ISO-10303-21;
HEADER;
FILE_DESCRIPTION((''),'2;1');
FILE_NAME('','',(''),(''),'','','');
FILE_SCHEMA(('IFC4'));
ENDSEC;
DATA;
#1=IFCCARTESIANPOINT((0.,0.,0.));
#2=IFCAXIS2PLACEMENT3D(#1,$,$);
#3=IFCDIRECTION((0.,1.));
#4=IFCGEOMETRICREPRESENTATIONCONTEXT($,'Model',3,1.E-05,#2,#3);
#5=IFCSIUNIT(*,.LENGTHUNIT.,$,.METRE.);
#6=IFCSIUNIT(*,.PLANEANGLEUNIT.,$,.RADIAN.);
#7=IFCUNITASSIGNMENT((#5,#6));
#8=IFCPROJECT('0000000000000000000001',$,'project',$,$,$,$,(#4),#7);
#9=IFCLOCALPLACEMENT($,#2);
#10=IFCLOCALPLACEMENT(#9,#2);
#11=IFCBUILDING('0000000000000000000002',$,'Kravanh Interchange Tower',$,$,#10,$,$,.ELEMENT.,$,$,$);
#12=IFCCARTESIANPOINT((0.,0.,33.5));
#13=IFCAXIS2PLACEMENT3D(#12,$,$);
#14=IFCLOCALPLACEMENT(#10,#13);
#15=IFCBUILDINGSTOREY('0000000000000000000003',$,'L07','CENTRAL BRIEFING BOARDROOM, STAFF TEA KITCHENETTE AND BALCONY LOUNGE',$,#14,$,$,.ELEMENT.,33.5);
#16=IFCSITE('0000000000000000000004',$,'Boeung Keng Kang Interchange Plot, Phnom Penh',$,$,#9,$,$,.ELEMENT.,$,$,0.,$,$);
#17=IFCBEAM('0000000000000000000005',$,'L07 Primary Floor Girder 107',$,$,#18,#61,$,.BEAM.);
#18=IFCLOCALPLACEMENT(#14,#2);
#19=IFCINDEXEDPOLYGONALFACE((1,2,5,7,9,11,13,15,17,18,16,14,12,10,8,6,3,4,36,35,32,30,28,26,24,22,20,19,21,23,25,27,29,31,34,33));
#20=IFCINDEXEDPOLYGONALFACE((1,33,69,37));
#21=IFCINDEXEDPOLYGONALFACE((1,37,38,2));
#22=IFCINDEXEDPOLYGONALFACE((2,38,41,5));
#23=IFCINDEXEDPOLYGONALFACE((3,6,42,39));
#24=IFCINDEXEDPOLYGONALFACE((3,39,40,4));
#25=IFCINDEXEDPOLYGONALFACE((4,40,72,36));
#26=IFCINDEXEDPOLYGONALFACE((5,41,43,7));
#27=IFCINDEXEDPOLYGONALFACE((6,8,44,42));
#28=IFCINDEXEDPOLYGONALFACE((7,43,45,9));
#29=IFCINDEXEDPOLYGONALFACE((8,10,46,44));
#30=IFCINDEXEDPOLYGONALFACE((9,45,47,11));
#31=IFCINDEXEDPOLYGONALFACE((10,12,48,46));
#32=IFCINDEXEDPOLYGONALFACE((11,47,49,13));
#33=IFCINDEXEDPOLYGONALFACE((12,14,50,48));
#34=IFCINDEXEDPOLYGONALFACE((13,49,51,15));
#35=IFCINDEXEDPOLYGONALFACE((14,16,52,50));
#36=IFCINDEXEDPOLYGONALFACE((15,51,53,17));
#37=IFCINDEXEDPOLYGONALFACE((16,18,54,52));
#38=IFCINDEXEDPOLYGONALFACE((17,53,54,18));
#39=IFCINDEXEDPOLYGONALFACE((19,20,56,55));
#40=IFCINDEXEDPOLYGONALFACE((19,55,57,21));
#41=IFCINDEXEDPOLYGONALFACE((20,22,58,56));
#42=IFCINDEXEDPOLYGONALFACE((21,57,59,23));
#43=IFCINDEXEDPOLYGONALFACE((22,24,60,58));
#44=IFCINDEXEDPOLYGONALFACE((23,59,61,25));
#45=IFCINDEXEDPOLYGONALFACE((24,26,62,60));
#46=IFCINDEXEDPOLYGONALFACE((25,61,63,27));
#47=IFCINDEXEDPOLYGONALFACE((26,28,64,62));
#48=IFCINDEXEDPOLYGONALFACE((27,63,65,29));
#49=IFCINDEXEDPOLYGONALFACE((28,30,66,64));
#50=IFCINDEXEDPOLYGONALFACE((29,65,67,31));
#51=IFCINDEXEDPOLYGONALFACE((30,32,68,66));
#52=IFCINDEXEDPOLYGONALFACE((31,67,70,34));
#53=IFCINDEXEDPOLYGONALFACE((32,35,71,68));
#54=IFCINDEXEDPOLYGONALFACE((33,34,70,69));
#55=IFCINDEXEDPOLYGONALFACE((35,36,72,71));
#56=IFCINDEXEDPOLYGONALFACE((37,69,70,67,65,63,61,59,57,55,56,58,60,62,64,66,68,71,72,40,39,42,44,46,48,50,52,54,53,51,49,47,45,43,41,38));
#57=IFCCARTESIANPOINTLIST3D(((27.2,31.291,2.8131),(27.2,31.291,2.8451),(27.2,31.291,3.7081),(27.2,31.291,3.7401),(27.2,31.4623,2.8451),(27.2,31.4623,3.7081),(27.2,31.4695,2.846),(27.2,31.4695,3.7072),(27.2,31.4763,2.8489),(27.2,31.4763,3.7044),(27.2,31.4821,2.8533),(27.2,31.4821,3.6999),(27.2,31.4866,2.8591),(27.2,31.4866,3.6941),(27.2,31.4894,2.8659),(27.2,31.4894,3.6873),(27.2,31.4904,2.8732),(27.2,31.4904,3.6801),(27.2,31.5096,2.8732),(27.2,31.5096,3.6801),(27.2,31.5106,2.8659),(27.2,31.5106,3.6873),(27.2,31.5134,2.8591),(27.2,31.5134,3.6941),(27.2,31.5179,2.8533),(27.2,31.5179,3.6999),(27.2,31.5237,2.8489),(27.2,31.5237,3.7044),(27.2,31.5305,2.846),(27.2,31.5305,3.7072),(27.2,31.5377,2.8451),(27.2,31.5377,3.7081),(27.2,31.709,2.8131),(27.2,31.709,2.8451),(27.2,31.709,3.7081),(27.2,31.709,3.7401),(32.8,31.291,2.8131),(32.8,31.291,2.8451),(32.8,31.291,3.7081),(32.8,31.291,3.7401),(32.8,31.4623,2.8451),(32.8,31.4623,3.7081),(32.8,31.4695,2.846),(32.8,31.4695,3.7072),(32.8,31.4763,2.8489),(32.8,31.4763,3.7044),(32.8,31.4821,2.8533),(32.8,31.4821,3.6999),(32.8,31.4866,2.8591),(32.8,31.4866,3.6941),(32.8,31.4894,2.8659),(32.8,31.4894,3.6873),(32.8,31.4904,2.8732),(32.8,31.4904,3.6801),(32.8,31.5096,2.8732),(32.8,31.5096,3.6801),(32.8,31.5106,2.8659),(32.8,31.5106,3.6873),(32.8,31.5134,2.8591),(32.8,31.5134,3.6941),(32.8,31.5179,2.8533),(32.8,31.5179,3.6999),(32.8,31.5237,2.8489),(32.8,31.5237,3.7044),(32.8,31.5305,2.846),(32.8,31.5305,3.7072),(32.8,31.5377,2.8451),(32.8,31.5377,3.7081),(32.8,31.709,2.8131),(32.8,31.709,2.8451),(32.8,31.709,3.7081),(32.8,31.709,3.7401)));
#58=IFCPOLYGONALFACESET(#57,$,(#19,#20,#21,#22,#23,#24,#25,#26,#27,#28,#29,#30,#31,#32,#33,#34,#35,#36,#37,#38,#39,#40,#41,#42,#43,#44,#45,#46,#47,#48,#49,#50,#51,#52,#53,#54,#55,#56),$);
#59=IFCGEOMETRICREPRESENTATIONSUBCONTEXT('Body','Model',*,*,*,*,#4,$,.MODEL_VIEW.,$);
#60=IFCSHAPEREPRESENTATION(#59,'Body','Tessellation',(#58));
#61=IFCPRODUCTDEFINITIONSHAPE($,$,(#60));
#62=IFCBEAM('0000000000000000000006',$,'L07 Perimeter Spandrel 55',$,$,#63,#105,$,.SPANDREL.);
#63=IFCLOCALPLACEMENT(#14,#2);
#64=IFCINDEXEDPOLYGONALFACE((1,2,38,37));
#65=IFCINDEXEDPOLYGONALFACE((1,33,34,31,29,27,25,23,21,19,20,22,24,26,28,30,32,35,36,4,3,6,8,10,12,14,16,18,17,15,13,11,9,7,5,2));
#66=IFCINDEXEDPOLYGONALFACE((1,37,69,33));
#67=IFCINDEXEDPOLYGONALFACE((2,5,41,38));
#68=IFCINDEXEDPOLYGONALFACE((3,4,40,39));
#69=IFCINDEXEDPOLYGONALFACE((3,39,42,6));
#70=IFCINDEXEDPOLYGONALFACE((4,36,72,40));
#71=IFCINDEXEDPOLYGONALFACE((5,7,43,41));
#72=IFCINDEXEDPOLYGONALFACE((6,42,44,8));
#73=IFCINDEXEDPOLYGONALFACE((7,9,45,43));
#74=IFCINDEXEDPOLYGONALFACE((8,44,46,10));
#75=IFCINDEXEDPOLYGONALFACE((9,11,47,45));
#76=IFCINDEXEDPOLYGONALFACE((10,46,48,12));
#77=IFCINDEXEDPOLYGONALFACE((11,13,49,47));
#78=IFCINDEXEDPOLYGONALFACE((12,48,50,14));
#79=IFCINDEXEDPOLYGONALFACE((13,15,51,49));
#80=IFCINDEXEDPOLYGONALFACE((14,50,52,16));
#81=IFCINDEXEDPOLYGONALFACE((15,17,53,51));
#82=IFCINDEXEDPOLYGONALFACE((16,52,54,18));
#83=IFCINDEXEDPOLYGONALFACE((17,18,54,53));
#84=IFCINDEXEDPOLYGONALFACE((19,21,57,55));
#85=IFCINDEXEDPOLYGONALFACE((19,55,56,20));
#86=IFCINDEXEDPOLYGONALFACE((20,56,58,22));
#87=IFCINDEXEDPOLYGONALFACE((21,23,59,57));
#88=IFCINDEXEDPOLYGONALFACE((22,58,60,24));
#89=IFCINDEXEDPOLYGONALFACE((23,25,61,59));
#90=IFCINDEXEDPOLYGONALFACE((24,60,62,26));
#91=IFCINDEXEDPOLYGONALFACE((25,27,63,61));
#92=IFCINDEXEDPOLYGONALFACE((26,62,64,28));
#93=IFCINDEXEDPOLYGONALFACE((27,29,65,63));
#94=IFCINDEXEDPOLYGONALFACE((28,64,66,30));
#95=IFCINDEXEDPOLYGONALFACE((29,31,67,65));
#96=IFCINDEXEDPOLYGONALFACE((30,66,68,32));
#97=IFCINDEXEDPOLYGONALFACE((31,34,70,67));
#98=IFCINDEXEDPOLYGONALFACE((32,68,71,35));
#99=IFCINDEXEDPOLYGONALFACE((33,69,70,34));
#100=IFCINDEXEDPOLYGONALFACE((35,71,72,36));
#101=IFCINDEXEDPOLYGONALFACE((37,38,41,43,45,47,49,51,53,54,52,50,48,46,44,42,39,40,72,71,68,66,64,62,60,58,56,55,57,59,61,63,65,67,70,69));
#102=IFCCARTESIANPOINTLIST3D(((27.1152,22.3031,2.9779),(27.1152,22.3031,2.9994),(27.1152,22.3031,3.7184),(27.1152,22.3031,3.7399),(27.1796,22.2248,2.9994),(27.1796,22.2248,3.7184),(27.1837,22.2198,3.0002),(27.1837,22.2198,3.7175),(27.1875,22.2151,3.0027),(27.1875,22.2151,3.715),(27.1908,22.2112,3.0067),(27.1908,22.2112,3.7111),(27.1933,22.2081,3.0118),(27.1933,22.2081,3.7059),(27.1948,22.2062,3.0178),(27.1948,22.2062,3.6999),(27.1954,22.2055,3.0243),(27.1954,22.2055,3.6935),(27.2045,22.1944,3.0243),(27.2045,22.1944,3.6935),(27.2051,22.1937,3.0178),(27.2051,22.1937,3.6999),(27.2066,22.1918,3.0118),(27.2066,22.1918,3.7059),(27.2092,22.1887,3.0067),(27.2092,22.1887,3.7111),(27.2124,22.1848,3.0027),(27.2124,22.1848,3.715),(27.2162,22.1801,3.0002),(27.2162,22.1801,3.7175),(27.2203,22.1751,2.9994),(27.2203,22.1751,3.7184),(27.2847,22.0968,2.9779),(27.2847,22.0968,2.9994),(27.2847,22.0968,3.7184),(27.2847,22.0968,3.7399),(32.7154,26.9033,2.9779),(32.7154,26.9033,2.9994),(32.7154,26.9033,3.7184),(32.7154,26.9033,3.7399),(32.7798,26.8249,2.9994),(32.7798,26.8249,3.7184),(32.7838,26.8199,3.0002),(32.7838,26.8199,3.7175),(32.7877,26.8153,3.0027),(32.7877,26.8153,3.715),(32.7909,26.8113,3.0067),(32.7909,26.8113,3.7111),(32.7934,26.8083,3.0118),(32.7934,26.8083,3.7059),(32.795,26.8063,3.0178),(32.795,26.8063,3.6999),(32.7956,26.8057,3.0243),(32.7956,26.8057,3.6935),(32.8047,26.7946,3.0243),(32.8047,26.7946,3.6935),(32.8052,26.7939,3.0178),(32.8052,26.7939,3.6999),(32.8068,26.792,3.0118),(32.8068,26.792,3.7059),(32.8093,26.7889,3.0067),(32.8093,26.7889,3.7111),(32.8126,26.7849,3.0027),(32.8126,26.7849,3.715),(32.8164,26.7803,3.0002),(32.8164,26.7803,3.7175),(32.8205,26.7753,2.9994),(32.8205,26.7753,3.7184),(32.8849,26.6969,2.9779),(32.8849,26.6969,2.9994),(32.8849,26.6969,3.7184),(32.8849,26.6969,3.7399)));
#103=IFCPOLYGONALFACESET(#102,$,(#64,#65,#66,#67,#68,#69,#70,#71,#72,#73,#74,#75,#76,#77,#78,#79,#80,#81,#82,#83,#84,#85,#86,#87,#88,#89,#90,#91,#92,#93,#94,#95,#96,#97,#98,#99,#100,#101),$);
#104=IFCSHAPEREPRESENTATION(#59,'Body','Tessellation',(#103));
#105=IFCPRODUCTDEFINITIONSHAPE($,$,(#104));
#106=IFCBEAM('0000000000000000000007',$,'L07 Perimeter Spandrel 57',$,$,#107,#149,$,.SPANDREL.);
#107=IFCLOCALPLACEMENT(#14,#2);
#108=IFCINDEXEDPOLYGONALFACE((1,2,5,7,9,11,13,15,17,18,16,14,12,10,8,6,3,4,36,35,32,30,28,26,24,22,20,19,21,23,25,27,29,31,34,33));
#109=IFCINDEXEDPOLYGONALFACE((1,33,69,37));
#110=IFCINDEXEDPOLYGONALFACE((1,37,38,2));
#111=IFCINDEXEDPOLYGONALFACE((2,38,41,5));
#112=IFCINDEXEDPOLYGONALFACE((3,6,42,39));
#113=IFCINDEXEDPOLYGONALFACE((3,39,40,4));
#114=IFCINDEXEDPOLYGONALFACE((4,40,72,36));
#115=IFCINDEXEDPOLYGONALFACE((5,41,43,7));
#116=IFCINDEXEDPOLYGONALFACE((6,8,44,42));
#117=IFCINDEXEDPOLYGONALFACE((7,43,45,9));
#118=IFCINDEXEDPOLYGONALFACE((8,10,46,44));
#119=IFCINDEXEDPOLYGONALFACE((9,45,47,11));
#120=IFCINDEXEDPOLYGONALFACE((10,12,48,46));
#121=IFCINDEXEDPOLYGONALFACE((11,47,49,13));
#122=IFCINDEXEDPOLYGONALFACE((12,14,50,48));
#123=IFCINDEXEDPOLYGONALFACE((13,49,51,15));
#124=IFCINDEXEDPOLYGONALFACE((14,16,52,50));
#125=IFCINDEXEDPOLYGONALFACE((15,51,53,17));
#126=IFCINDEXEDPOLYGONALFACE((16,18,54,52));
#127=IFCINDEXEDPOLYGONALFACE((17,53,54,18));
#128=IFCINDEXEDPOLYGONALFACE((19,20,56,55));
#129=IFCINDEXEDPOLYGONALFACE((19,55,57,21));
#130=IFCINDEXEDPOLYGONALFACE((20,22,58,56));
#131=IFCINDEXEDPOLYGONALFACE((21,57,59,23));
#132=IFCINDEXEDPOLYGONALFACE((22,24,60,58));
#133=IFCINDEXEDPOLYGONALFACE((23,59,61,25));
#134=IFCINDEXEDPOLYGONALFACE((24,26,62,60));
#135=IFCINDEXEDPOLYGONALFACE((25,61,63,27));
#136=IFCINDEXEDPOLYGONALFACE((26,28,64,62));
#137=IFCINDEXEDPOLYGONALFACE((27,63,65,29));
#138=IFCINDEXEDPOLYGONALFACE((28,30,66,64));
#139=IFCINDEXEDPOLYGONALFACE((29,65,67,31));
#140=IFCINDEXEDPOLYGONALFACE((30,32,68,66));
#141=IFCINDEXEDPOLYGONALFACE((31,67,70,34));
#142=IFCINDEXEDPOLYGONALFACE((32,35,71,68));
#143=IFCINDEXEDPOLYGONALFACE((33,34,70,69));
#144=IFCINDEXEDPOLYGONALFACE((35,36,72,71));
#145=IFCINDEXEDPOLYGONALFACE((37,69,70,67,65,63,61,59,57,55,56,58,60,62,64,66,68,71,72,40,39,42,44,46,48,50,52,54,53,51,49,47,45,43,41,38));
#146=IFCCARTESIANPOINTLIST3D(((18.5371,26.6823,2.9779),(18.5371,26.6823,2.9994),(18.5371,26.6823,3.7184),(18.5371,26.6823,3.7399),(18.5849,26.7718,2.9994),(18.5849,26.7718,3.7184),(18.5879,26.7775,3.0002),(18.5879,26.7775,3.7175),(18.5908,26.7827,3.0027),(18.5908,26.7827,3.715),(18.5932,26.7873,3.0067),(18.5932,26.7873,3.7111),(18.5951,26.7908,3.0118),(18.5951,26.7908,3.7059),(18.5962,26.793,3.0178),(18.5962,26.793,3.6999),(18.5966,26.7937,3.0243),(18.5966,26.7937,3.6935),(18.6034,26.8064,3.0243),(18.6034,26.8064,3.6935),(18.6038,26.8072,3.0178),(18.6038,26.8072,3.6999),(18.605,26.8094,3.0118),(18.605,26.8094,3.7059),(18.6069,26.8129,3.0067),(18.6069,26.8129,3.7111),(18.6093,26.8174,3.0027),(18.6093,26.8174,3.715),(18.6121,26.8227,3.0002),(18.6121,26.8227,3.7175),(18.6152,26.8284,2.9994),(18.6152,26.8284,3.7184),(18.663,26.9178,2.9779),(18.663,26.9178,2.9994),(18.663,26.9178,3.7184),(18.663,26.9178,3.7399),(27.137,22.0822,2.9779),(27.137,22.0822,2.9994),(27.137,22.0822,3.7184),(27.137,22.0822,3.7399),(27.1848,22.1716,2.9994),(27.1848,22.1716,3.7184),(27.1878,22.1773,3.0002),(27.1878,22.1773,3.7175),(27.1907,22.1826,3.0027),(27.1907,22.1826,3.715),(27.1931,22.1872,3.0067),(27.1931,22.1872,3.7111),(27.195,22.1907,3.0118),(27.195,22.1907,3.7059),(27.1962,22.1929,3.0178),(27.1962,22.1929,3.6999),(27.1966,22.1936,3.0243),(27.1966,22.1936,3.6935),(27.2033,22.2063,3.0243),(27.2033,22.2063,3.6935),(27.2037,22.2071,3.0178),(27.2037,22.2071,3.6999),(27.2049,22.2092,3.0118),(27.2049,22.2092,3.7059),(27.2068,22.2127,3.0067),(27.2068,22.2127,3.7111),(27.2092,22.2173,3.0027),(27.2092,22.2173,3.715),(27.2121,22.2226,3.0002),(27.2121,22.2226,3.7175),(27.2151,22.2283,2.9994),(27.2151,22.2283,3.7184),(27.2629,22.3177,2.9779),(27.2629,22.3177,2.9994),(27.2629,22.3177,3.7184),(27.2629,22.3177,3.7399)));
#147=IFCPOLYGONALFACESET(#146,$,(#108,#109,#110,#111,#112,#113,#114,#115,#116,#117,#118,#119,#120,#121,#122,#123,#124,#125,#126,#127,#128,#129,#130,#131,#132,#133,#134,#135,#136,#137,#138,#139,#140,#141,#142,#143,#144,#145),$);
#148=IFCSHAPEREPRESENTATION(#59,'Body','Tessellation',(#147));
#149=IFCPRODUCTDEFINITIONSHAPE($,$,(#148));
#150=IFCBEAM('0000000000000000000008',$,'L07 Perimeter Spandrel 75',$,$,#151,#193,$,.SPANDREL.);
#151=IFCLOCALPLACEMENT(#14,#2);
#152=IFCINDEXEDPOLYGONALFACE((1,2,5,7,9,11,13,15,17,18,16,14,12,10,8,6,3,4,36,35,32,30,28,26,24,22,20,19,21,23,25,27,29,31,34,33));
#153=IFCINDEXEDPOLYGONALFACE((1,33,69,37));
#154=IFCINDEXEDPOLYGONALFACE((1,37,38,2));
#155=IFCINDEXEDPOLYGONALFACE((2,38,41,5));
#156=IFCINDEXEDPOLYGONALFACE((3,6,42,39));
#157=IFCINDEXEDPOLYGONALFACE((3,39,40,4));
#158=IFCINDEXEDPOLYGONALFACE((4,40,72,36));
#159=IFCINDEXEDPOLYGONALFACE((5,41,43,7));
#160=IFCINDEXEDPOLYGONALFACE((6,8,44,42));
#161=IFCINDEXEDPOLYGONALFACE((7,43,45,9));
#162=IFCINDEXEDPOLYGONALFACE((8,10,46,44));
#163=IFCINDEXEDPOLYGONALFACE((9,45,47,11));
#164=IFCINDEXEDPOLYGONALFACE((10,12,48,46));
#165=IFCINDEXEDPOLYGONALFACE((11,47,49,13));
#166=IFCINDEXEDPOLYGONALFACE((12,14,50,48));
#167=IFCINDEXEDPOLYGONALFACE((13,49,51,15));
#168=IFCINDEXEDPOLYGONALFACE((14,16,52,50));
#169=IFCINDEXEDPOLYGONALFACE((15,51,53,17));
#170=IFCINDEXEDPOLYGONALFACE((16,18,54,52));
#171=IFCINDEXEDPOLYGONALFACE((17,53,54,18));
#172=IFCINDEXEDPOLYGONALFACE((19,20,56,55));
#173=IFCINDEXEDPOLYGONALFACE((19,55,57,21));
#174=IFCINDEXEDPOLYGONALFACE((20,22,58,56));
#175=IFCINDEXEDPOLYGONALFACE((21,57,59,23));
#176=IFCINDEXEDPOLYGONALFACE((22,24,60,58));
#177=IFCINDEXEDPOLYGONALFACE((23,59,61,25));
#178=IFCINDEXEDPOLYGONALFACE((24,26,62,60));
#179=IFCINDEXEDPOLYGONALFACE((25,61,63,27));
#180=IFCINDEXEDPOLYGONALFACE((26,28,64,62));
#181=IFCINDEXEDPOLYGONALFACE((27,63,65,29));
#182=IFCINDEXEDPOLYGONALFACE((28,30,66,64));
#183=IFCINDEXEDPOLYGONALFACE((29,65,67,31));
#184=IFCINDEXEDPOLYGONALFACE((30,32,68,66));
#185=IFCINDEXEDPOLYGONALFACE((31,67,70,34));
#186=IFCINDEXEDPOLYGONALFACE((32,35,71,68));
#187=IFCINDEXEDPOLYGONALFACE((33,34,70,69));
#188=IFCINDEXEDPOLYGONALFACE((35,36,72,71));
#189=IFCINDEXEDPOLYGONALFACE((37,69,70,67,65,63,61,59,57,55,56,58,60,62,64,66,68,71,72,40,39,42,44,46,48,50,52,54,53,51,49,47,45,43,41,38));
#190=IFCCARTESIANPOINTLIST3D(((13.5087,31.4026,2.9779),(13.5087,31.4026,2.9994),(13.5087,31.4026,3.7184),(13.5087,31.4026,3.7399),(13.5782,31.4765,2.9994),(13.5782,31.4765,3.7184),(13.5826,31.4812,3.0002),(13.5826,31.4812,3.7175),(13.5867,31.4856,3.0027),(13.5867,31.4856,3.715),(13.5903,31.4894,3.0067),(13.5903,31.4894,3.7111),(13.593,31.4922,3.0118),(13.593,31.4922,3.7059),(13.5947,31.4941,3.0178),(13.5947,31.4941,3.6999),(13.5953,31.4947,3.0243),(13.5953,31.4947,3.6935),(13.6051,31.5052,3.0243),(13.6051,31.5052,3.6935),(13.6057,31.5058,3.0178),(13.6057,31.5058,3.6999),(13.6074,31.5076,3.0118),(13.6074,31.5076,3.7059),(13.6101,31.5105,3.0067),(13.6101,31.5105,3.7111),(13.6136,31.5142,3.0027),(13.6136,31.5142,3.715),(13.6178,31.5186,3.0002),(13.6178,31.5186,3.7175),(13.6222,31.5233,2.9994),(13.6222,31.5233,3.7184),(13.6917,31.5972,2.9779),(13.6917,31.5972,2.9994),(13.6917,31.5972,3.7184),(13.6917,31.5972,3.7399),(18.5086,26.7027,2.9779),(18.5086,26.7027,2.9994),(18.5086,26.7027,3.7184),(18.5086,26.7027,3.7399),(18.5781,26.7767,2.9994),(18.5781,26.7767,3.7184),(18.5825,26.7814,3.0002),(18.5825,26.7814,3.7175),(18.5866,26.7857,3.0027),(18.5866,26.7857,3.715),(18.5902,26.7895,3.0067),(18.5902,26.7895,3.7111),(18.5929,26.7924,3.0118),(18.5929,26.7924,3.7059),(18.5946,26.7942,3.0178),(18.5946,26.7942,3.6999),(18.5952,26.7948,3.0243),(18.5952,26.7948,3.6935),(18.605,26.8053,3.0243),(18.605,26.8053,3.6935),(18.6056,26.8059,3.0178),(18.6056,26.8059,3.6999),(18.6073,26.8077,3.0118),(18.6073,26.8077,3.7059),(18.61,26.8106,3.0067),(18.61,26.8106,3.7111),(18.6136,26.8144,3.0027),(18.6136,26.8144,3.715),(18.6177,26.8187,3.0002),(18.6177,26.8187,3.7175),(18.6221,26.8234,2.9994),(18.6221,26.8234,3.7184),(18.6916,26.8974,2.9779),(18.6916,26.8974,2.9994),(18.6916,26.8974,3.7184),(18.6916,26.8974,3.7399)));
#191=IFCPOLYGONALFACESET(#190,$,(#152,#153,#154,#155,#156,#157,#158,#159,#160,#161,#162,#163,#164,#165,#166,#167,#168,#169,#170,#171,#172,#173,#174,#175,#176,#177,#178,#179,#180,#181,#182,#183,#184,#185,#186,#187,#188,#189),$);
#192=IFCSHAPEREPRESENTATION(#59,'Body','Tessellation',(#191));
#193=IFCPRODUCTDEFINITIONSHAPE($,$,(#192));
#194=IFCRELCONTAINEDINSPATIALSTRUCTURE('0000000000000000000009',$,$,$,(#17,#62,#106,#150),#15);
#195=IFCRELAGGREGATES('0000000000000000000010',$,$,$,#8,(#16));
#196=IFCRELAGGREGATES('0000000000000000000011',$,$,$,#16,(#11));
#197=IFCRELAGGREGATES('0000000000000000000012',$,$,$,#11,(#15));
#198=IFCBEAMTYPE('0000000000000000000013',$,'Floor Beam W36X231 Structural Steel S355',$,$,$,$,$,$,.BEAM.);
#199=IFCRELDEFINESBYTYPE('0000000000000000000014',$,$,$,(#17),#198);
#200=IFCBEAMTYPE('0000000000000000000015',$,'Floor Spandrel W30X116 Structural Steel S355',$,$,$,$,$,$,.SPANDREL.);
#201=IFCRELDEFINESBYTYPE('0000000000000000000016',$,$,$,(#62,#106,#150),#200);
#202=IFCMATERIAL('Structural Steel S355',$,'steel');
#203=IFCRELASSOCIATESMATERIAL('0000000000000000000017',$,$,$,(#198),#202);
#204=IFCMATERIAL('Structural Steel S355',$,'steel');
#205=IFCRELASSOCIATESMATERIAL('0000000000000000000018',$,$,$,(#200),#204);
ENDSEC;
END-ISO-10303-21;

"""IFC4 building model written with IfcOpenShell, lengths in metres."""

from ifc_helpers import new_model, si_unit, direction, frame, origin, origin_2d, place, context, subcontext, project, spatial, i_section, extrude, material, material_profile, profile_set, type_object, element, save


model = new_model("IFC4")

# Units and contexts
model_context = context("Model", 3, precision=1e-05, world=origin(), true_north=direction((0.0, 1.0)))
body_context = subcontext(model_context, "Body", "Model", "MODEL_VIEW")
ifc_project = project(units=[si_unit("LENGTHUNIT", "METRE"), si_unit("PLANEANGLEUNIT", "RADIAN")], contexts=[model_context])

# Site, building, storey
site_placement = place(None, origin())
site = spatial("IfcSite", under=ifc_project, at=site_placement, Name="Boeung Keng Kang Interchange Plot, Phnom Penh", CompositionType="ELEMENT", RefElevation=0.0)
building_placement = place(site_placement, origin())
building = spatial("IfcBuilding", under=site, at=building_placement, Name="Kravanh Interchange Tower", CompositionType="ELEMENT")
storey_placement = place(building_placement, frame((0.0, 0.0, 33.5)))
storey = spatial("IfcBuildingStorey", under=building, at=storey_placement, Name="L07", Description="CENTRAL BRIEFING BOARDROOM, STAFF TEA KITCHENETTE AND BALCONY LOUNGE", CompositionType="ELEMENT", Elevation=33.5)

# Beams
ifc_material_1 = material(Name="Structural Steel S355", Category="steel")
ifc_material_profile_1 = material_profile(ifc_material_1, i_section(OverallWidth=0.418, OverallDepth=0.927, WebThickness=0.0193, FlangeThickness=0.032, FilletRadius=0.0281, at=origin_2d()), Name="W36X231")
ifc_profile_set_1 = profile_set([ifc_material_profile_1], Name="Structural Steel S355")
beam_type_1 = type_object("IfcBeamType", Name="Floor Beam W36X231 Structural Steel S355", PredefinedType="BEAM", material=ifc_profile_set_1)
beam_1_placement = place(storey_placement, frame((27.2, 31.5, 3.2766), z_axis=(1.0, 0.0, 0.0), x_axis=(0.0, 1.0, 0.0)))
element("IfcBeam", 1, at=beam_1_placement, inside=storey, type_object=beam_type_1, Name="L07 Primary Floor Girder 107", PredefinedType="BEAM", context=body_context, shape_type="SweptSolid", body=[
    extrude(i_section(OverallWidth=0.418, OverallDepth=0.927, WebThickness=0.0193, FlangeThickness=0.032, FilletRadius=0.0281, at=origin_2d()), origin(), (0.0, 0.0, 1.0), 5.6001),
])
ifc_material_2 = material(Name="Structural Steel S355", Category="steel")
ifc_material_profile_2 = material_profile(ifc_material_2, i_section(OverallWidth=0.2671, OverallDepth=0.762, WebThickness=0.0144, FlangeThickness=0.0215, FilletRadius=0.0249, at=origin_2d()), Name="W30X116")
ifc_profile_set_2 = profile_set([ifc_material_profile_2], Name="Structural Steel S355")
beam_type_2 = type_object("IfcBeamType", Name="Floor Spandrel W30X116 Structural Steel S355", PredefinedType="SPANDREL", material=ifc_profile_set_2)
beam_2_placement = place(storey_placement, frame((27.2, 22.2, 3.3589), z_axis=(0.772725, 0.634741, 0.0), x_axis=(-0.634741, 0.772725, 0.0)))
element("IfcBeam", 2, at=beam_2_placement, inside=storey, type_object=beam_type_2, Name="L07 Perimeter Spandrel 55", PredefinedType="SPANDREL", context=body_context, shape_type="SweptSolid", body=[
    extrude(i_section(OverallWidth=0.2671, OverallDepth=0.762, WebThickness=0.0144, FlangeThickness=0.0215, FilletRadius=0.0249, at=origin_2d()), origin(), (0.0, 0.0, 1.0), 7.2473),
])
beam_3_placement = place(storey_placement, frame((27.2, 22.2, 3.3589), z_axis=(-0.881777, 0.471666, 0.0), x_axis=(-0.471666, -0.881777, 0.0)))
element("IfcBeam", 3, at=beam_3_placement, inside=storey, type_object=beam_type_2, Name="L07 Perimeter Spandrel 57", PredefinedType="SPANDREL", context=body_context, shape_type="SweptSolid", body=[
    extrude(i_section(OverallWidth=0.2671, OverallDepth=0.762, WebThickness=0.0144, FlangeThickness=0.0215, FilletRadius=0.0249, at=origin_2d()), origin(), (0.0, 0.0, 1.0), 9.7529),
])
beam_4_placement = place(storey_placement, frame((18.6001, 26.8, 3.3589), z_axis=(-0.728631, 0.684906, 0.0), x_axis=(-0.684906, -0.728631, 0.0)))
element("IfcBeam", 4, at=beam_4_placement, inside=storey, type_object=beam_type_2, Name="L07 Perimeter Spandrel 75", PredefinedType="SPANDREL", context=body_context, shape_type="SweptSolid", body=[
    extrude(i_section(OverallWidth=0.2671, OverallDepth=0.762, WebThickness=0.0144, FlangeThickness=0.0215, FilletRadius=0.0249, at=origin_2d()), origin(), (0.0, 0.0, 1.0), 6.8621),
])

save(model, "model.ifc")
